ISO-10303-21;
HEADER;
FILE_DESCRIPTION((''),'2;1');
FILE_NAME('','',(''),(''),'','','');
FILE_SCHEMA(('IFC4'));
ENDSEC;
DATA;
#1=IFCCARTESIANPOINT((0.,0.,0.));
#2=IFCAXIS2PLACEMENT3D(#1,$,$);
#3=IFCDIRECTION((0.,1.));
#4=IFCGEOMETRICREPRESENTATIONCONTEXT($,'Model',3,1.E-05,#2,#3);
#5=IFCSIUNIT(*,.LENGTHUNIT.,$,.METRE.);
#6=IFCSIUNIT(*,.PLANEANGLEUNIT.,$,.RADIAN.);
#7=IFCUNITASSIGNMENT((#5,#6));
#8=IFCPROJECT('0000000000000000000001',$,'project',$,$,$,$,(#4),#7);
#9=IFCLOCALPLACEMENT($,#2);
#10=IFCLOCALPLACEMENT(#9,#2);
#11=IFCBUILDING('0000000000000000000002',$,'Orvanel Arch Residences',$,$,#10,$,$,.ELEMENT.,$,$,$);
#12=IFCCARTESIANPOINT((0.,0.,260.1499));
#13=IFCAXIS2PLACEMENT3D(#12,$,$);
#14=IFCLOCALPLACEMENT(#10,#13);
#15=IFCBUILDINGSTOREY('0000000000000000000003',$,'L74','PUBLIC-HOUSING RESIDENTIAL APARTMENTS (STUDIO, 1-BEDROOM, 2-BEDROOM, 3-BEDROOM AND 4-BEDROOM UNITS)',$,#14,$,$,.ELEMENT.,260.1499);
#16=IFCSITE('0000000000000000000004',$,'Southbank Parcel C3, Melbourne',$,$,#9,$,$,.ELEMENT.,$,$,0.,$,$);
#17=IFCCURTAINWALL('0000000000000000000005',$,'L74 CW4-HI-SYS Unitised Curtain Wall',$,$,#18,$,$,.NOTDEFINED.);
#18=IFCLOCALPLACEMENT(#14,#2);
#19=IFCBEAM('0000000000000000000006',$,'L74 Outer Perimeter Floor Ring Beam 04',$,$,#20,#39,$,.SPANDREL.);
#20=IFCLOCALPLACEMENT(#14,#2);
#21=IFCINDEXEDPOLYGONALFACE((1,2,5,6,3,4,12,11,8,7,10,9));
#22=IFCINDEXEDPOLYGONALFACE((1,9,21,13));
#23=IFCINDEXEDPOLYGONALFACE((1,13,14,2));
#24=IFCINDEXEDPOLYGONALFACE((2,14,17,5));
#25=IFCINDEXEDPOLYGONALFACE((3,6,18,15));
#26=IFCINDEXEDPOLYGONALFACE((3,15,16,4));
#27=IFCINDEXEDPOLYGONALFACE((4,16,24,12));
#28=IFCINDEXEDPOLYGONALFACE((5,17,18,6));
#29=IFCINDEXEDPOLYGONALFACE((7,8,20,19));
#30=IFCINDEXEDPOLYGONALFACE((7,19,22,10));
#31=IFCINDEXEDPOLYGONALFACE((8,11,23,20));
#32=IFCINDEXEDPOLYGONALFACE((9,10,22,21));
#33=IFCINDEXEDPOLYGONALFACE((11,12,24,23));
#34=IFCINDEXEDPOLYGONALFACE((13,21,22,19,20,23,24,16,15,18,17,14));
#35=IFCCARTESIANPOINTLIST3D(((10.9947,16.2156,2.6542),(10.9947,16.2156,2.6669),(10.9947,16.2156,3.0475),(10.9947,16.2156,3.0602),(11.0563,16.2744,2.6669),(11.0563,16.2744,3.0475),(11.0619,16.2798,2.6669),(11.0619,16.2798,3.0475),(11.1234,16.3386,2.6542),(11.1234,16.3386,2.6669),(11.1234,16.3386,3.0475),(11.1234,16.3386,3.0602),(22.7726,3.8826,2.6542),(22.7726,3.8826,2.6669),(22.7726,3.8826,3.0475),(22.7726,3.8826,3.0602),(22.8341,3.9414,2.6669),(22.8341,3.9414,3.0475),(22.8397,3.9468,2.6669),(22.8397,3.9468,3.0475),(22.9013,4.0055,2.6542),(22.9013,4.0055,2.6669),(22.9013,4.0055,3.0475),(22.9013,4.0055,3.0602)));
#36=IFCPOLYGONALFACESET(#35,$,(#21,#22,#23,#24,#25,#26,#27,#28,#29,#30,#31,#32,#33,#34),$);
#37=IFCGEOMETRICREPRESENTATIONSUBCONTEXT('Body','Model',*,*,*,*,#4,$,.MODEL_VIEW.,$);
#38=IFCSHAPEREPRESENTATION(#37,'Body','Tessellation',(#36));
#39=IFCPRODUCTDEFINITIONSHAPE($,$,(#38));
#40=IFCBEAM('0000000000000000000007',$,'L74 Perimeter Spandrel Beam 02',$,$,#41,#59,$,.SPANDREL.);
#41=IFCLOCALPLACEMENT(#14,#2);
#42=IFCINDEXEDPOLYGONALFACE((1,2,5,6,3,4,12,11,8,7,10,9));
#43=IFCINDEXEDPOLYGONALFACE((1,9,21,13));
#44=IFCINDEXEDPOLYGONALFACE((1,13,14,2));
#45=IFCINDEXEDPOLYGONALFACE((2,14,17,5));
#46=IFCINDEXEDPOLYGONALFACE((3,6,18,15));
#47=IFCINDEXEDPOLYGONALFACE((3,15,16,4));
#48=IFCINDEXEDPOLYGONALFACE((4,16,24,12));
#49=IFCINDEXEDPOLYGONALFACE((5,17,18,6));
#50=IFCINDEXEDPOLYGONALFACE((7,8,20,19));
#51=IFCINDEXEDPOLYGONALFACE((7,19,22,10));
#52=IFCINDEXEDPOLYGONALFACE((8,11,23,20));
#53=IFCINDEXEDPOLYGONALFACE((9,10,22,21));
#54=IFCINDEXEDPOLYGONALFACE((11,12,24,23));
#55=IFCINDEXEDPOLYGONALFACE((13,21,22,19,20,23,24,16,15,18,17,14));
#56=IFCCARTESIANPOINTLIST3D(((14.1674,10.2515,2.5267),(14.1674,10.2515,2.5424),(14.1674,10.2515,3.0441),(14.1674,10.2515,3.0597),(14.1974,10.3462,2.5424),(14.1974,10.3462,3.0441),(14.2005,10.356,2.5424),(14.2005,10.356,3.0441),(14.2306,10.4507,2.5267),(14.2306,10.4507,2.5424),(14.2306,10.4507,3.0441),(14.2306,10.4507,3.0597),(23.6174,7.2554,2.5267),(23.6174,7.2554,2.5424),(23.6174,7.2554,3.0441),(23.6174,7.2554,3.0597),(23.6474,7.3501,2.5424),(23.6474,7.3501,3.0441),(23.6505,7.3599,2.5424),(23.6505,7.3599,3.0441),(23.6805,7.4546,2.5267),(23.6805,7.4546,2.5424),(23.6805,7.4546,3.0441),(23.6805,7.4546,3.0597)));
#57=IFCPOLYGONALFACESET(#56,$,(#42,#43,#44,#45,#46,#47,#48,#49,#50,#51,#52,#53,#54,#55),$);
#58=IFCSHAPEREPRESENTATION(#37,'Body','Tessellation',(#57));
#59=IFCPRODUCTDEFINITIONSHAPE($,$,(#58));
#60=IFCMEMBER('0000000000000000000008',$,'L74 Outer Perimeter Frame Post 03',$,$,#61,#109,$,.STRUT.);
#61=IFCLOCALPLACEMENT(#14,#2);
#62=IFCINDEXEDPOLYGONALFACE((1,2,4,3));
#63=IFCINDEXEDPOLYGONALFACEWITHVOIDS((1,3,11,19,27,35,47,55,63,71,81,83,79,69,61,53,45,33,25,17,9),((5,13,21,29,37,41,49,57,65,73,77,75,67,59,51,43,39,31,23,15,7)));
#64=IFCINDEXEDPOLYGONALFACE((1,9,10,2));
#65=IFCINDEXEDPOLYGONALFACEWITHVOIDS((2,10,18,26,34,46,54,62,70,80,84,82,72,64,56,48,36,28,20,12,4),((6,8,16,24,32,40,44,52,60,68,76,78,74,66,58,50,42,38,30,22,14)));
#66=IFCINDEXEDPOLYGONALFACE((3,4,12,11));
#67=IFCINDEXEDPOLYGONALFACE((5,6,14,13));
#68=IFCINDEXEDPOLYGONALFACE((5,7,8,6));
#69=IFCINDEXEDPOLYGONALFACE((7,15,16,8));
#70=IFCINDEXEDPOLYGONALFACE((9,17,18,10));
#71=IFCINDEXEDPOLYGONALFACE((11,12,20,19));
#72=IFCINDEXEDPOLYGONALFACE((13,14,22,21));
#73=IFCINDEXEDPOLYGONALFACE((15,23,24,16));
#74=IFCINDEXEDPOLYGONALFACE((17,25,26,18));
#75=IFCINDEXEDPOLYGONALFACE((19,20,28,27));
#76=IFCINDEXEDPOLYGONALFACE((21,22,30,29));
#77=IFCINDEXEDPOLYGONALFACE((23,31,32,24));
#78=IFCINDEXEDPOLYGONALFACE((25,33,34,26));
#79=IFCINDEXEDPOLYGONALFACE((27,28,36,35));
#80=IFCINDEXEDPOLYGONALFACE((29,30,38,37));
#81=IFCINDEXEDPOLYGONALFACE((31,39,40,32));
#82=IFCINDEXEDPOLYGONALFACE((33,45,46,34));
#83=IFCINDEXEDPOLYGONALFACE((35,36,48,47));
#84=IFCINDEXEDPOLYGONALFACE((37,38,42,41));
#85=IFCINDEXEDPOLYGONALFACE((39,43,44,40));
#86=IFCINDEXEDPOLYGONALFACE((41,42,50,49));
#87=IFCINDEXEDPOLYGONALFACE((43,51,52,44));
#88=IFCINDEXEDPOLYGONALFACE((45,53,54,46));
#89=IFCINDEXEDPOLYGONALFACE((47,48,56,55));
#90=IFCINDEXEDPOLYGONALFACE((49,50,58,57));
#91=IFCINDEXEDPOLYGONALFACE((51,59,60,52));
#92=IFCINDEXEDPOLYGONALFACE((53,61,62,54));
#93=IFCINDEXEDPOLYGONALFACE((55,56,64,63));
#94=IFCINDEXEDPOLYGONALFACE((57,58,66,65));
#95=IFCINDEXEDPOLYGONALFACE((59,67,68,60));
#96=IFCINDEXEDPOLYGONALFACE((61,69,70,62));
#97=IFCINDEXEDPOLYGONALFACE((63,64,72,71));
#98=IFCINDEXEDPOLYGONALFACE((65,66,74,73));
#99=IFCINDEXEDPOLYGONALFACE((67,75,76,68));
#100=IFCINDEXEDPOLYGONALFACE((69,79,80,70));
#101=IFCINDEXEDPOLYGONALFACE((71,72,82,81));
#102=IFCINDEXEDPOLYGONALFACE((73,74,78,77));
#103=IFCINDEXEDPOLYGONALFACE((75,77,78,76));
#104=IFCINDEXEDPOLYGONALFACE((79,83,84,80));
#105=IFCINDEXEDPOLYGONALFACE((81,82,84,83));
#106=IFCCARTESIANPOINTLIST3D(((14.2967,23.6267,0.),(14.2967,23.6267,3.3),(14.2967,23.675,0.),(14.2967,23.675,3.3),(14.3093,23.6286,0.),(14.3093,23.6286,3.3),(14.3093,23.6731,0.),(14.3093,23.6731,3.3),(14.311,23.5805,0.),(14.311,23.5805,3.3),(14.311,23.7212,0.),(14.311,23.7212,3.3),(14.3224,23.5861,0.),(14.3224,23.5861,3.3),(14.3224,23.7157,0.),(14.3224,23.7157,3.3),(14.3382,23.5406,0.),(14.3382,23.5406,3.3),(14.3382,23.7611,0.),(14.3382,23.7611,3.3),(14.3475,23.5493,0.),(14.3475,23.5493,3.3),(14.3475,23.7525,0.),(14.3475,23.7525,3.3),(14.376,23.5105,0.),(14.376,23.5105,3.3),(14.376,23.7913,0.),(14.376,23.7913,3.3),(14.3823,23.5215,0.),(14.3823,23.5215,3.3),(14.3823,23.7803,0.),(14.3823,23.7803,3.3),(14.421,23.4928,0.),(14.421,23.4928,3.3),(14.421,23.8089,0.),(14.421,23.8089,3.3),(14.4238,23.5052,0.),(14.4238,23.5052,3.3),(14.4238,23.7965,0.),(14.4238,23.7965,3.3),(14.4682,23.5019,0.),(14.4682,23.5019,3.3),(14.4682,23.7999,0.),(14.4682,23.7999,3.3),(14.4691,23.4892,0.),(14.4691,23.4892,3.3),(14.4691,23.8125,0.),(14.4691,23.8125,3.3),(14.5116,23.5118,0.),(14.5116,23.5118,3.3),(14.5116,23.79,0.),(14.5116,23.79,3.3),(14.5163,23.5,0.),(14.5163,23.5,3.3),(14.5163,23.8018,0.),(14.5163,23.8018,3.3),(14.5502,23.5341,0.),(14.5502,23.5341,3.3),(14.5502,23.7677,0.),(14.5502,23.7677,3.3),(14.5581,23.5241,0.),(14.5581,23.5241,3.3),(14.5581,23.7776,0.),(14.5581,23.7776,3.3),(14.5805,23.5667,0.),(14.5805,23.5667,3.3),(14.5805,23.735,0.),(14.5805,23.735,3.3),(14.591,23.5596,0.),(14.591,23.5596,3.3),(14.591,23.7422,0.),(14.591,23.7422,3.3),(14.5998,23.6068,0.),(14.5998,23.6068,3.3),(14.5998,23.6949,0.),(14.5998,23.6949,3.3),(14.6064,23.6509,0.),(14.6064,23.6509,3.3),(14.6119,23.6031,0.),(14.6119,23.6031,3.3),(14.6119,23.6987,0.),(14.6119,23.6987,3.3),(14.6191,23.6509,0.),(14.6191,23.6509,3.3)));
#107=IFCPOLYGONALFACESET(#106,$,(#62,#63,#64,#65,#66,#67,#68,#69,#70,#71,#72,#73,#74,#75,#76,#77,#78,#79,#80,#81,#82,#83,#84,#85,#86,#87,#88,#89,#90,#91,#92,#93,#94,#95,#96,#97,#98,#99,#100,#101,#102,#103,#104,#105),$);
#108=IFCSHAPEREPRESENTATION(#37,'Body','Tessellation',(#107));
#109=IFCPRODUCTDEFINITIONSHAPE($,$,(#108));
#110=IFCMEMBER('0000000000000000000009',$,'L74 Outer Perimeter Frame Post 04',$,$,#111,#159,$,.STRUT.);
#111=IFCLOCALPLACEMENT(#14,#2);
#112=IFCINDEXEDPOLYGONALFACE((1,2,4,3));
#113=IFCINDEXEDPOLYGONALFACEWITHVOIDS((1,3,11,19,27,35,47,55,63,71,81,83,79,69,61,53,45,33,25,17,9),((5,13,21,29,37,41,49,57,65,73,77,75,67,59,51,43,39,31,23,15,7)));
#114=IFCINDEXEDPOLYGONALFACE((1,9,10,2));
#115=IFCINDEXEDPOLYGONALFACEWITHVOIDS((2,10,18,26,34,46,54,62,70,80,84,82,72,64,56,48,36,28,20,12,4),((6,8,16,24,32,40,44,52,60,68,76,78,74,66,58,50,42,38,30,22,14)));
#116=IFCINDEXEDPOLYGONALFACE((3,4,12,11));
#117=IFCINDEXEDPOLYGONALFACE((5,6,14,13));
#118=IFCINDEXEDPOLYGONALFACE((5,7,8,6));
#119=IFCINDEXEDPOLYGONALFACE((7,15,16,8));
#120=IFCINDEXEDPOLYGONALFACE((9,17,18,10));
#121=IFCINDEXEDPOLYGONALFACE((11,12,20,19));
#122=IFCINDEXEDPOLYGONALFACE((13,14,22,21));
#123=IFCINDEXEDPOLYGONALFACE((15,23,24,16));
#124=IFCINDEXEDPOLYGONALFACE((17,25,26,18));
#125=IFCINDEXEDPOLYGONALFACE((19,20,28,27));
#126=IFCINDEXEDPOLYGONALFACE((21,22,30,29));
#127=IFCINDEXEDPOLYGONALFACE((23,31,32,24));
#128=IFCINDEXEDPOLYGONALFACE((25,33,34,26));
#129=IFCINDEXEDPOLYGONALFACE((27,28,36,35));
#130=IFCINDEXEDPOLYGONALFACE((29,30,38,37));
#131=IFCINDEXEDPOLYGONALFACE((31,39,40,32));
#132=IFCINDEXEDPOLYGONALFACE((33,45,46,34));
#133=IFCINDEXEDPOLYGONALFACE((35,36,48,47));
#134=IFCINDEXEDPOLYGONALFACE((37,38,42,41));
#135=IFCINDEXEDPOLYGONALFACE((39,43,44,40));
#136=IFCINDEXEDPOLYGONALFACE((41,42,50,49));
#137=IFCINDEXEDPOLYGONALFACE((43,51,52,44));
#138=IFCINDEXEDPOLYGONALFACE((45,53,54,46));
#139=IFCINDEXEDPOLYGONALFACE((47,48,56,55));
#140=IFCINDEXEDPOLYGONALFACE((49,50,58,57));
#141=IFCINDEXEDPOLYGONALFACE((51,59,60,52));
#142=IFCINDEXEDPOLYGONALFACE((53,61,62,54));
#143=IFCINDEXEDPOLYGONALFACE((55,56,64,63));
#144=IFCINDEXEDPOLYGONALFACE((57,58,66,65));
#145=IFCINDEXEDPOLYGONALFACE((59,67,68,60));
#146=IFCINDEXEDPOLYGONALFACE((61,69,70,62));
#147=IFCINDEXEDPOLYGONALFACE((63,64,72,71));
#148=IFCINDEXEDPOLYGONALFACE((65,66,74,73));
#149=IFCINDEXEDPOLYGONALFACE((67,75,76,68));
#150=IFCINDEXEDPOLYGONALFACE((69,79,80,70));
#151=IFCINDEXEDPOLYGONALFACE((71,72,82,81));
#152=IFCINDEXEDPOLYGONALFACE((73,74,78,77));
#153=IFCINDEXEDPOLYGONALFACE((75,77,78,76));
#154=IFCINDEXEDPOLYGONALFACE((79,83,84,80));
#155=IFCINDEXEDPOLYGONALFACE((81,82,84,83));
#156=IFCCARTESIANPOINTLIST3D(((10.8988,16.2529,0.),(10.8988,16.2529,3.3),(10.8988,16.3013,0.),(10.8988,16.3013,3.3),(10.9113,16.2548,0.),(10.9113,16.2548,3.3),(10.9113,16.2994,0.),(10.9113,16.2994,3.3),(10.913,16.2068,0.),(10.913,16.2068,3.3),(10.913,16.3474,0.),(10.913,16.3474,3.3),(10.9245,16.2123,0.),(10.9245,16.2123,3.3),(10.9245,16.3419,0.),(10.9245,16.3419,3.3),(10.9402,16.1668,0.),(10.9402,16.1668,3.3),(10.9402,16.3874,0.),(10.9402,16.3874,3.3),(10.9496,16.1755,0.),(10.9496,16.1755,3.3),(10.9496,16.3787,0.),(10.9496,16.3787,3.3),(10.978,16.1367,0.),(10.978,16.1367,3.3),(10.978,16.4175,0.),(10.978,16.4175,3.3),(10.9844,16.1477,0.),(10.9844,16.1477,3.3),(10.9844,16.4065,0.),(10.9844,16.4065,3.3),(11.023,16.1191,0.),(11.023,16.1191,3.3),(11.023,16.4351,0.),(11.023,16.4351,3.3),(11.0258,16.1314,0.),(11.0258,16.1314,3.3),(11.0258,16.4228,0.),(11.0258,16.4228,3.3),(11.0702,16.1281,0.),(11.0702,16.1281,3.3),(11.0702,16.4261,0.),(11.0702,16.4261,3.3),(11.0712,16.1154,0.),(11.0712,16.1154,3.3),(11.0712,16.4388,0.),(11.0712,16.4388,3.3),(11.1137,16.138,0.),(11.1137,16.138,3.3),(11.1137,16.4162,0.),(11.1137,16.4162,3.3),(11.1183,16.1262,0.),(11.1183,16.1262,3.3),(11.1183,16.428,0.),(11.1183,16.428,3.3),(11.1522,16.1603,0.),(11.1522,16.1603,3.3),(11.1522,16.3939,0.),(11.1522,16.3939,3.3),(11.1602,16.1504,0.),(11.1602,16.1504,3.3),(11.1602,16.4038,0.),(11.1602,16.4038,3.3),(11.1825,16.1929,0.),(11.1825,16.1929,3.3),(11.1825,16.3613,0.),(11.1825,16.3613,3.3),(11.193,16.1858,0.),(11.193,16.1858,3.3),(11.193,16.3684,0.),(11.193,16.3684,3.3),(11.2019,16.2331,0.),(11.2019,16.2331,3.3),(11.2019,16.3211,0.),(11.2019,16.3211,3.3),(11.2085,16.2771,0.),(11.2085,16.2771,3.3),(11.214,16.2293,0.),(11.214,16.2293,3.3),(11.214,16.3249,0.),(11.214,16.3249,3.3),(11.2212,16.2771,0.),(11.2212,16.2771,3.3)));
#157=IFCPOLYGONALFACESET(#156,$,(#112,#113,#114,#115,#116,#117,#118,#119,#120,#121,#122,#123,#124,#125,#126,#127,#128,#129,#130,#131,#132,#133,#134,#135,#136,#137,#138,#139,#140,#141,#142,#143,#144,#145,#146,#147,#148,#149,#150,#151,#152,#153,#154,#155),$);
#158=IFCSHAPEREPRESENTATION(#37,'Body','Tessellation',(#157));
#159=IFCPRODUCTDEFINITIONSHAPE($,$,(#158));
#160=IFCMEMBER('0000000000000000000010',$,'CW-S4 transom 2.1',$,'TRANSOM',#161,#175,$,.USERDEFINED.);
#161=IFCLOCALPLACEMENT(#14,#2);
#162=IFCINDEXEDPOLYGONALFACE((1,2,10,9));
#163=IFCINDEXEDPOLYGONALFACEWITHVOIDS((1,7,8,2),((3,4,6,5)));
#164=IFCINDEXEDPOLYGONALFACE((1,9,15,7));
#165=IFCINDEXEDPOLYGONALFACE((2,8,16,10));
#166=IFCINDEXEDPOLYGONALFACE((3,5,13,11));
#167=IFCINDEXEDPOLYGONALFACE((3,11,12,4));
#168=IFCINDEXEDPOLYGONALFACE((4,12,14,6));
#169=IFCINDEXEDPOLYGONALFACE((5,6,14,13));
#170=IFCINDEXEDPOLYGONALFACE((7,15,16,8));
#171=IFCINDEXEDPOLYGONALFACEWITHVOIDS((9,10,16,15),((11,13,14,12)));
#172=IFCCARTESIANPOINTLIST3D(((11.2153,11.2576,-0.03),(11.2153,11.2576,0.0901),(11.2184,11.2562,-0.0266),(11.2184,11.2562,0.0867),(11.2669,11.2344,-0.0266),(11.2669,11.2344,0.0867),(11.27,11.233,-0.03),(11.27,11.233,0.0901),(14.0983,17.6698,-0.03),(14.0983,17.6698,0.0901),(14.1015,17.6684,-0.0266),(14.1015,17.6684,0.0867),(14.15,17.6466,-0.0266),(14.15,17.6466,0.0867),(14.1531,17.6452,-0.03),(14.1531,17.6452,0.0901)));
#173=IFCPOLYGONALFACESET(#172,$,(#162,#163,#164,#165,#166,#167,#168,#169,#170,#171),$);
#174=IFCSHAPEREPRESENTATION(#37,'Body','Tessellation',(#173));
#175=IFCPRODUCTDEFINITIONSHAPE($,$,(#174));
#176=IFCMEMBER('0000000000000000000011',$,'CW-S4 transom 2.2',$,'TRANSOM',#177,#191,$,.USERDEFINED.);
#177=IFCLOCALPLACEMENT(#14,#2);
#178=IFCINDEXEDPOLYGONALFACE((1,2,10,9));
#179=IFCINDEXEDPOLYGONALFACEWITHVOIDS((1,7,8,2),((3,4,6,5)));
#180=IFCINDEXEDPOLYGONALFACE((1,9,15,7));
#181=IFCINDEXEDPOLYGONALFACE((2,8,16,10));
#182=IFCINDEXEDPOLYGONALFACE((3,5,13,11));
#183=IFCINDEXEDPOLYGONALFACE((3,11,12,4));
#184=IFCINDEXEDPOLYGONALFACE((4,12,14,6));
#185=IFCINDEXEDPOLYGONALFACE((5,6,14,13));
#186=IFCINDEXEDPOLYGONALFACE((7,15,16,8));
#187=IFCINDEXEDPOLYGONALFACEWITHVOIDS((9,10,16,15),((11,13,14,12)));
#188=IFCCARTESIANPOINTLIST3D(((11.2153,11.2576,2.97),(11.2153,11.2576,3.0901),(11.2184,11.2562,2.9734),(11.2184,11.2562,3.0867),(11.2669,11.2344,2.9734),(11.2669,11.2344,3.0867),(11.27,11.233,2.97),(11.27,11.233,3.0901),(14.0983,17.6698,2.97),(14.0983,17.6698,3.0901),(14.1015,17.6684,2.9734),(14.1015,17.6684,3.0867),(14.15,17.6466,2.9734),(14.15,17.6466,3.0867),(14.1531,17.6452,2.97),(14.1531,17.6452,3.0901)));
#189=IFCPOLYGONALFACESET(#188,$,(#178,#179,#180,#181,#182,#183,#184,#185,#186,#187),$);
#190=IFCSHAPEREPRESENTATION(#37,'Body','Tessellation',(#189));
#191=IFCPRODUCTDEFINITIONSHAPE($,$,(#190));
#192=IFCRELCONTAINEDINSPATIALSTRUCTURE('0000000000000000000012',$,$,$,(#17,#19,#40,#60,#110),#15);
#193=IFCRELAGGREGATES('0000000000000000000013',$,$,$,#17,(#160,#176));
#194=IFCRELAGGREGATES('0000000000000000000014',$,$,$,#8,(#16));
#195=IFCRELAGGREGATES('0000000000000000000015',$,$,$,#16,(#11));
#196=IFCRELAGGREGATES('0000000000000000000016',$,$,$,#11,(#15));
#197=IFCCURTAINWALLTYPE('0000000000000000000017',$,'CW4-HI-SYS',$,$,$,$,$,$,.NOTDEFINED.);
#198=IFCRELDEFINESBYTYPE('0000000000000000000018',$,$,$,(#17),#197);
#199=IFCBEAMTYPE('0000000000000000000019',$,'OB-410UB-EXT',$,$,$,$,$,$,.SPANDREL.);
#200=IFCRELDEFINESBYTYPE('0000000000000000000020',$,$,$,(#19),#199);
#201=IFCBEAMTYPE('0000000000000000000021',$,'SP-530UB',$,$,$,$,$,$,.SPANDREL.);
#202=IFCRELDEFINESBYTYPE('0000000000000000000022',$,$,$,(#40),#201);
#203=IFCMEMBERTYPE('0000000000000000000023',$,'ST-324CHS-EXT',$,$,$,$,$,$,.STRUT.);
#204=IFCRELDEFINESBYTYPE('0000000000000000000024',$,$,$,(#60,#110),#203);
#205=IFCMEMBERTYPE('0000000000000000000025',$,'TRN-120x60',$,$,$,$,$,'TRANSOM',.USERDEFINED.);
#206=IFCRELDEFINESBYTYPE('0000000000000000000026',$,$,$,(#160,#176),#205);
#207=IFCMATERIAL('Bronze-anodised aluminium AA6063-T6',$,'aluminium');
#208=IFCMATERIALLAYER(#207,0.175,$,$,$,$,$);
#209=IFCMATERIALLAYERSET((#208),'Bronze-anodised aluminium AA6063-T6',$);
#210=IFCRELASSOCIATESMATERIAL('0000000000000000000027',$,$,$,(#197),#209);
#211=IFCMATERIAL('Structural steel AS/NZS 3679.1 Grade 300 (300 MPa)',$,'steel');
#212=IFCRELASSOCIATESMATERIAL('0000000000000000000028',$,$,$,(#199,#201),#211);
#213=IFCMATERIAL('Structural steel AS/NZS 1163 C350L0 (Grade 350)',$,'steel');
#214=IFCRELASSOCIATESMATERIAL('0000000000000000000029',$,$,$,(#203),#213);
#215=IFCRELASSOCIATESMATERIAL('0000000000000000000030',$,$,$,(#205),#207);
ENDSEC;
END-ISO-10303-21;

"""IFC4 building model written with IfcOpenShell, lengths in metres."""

from ifc_helpers import new_model, si_unit, direction, frame, origin, origin_2d, place, context, subcontext, project, spatial, hollow_rectangle, hollow_circle, i_section, extrude, material, layer, layer_set, material_profile, profile_set, type_object, element, aggregate, save


model = new_model("IFC4")

# Units and contexts
model_context = context("Model", 3, precision=1e-05, world=origin(), true_north=direction((0.0, 1.0)))
body_context = subcontext(model_context, "Body", "Model", "MODEL_VIEW")
ifc_project = project(units=[si_unit("LENGTHUNIT", "METRE"), si_unit("PLANEANGLEUNIT", "RADIAN")], contexts=[model_context])

# Site, building, storey
site_placement = place(None, origin())
site = spatial("IfcSite", under=ifc_project, at=site_placement, Name="Southbank Parcel C3, Melbourne", CompositionType="ELEMENT", RefElevation=0.0)
building_placement = place(site_placement, origin())
building = spatial("IfcBuilding", under=site, at=building_placement, Name="Orvanel Arch Residences", CompositionType="ELEMENT")
storey_placement = place(building_placement, frame((0.0, 0.0, 260.1499)))
storey = spatial("IfcBuildingStorey", under=building, at=storey_placement, Name="L74", Description="PUBLIC-HOUSING RESIDENTIAL APARTMENTS (STUDIO, 1-BEDROOM, 2-BEDROOM, 3-BEDROOM AND 4-BEDROOM UNITS)", CompositionType="ELEMENT", Elevation=260.1499)

# Shared definitions
ifc_material_1 = material(Name="Bronze-anodised aluminium AA6063-T6", Category="aluminium")

# Curtain wall
ifc_layer_1 = layer(ifc_material_1, 0.175)
ifc_layer_set_1 = layer_set([ifc_layer_1], Name="Bronze-anodised aluminium AA6063-T6")
curtain_wall_type_1 = type_object("IfcCurtainWallType", Name="CW4-HI-SYS", PredefinedType="NOTDEFINED", material=ifc_layer_set_1)
curtain_wall_1_placement = place(storey_placement, origin())
curtain_wall_1 = element("IfcCurtainWall", 1, at=curtain_wall_1_placement, inside=storey, type_object=curtain_wall_type_1, Name="L74 CW4-HI-SYS Unitised Curtain Wall", PredefinedType="NOTDEFINED")

# Beams
ifc_material_2 = material(Name="Structural steel AS/NZS 3679.1 Grade 300 (300 MPa)", Category="steel")
ifc_material_profile_1 = material_profile(ifc_material_2, i_section(OverallWidth=0.178, OverallDepth=0.406, WebThickness=0.0078, FlangeThickness=0.0127, at=origin_2d()), Name="410UB59.7")
ifc_profile_set_1 = profile_set([ifc_material_profile_1], Name="Structural steel AS/NZS 3679.1 Grade 300 (300 MPa)")
beam_type_1 = type_object("IfcBeamType", Name="OB-410UB-EXT", PredefinedType="SPANDREL", material=ifc_profile_set_1)
beam_1_placement = place(storey_placement, frame((11.0591, 16.2771, 2.8572), z_axis=(0.690642, -0.723197, 0.0), x_axis=(0.723197, 0.690642, 0.0)))
element("IfcBeam", 2, at=beam_1_placement, inside=storey, type_object=beam_type_1, Name="L74 Outer Perimeter Floor Ring Beam 04", PredefinedType="SPANDREL", context=body_context, shape_type="SweptSolid", body=[
    extrude(i_section(OverallWidth=0.178, OverallDepth=0.406, WebThickness=0.0078, FlangeThickness=0.0127, at=origin_2d()), origin(), (0.0, 0.0, 1.0), 17.0535),
])
ifc_material_profile_2 = material_profile(ifc_material_2, i_section(OverallWidth=0.209, OverallDepth=0.533, WebThickness=0.0103, FlangeThickness=0.0156, at=origin_2d()), Name="530UB92.4")
ifc_profile_set_2 = profile_set([ifc_material_profile_2], Name="Structural steel AS/NZS 3679.1 Grade 300 (300 MPa)")
beam_type_2 = type_object("IfcBeamType", Name="SP-530UB", PredefinedType="SPANDREL", material=ifc_profile_set_2)
beam_2_placement = place(storey_placement, frame((14.199, 10.3511, 2.7932), z_axis=(0.953237, -0.302223, 0.0), x_axis=(0.302223, 0.953237, 0.0)))
element("IfcBeam", 3, at=beam_2_placement, inside=storey, type_object=beam_type_2, Name="L74 Perimeter Spandrel Beam 02", PredefinedType="SPANDREL", context=body_context, shape_type="SweptSolid", body=[
    extrude(i_section(OverallWidth=0.209, OverallDepth=0.533, WebThickness=0.0103, FlangeThickness=0.0156, at=origin_2d()), origin(), (0.0, 0.0, 1.0), 9.9136),
])

# Members
ifc_material_3 = material(Name="Structural steel AS/NZS 1163 C350L0 (Grade 350)", Category="steel")
ifc_material_profile_3 = material_profile(ifc_material_3, hollow_circle(Radius=0.1621, WallThickness=0.0127, at=origin_2d()), Name="CHS324x12.7")
ifc_profile_set_3 = profile_set([ifc_material_profile_3], Name="Structural steel AS/NZS 1163 C350L0 (Grade 350)")
member_type_1 = type_object("IfcMemberType", Name="ST-324CHS-EXT", PredefinedType="STRUT", material=ifc_profile_set_3)
for number, where, z_axis, x_axis, name in (
    (4, (14.457, 23.6509, 0.0), (0.0, 0.0, 1.0), (1.0, 0.0, 0.0), "L74 Outer Perimeter Frame Post 03"),
    (5, (11.0591, 16.2771, 0.0), (0.0, 0.0, 1.0), (1.0, 0.0, 0.0), "L74 Outer Perimeter Frame Post 04"),
):
    element("IfcMember", number, at=place(storey_placement, frame(where, z_axis=z_axis, x_axis=x_axis)), inside=storey, type_object=member_type_1, Name=name, PredefinedType="STRUT", context=body_context, shape_type="SweptSolid", body=[
        extrude(hollow_circle(Radius=0.1621, WallThickness=0.0127, at=origin_2d()), origin(), (0.0, 0.0, 1.0), 3.3),
    ])

# Members
ifc_material_profile_4 = material_profile(ifc_material_1, hollow_rectangle(XDim=0.0601, YDim=0.1201, WallThickness=0.0034, at=origin_2d()), Name="ALU120x60x3.5")
ifc_profile_set_4 = profile_set([ifc_material_profile_4], Name="Bronze-anodised aluminium AA6063-T6")
member_type_2 = type_object("IfcMemberType", Name="TRN-120x60", ElementType="TRANSOM", PredefinedType="USERDEFINED", material=ifc_profile_set_4)
member_1_placement = place(storey_placement, frame((14.1257, 17.6575, 0.03), z_axis=(-0.410082, -0.912049, 0.0), x_axis=(0.912049, -0.410082, 0.0)))
member_1 = element("IfcMember", 6, at=member_1_placement, type_object=member_type_2, Name="CW-S4 transom 2.1", ObjectType="TRANSOM", PredefinedType="USERDEFINED", context=body_context, shape_type="SweptSolid", body=[
    extrude(hollow_rectangle(XDim=0.0601, YDim=0.1201, WallThickness=0.0034, at=origin_2d()), origin(), (0.0, 0.0, 1.0), 7.0305),
])
member_2_placement = place(storey_placement, frame((14.1257, 17.6575, 3.03), z_axis=(-0.410082, -0.912049, 0.0), x_axis=(0.912049, -0.410082, 0.0)))
member_2 = element("IfcMember", 7, at=member_2_placement, type_object=member_type_2, Name="CW-S4 transom 2.2", ObjectType="TRANSOM", PredefinedType="USERDEFINED", context=body_context, shape_type="SweptSolid", body=[
    extrude(hollow_rectangle(XDim=0.0601, YDim=0.1201, WallThickness=0.0034, at=origin_2d()), origin(), (0.0, 0.0, 1.0), 7.0305),
])

aggregate(curtain_wall_1, [member_1, member_2])

save(model, "model.ifc")
